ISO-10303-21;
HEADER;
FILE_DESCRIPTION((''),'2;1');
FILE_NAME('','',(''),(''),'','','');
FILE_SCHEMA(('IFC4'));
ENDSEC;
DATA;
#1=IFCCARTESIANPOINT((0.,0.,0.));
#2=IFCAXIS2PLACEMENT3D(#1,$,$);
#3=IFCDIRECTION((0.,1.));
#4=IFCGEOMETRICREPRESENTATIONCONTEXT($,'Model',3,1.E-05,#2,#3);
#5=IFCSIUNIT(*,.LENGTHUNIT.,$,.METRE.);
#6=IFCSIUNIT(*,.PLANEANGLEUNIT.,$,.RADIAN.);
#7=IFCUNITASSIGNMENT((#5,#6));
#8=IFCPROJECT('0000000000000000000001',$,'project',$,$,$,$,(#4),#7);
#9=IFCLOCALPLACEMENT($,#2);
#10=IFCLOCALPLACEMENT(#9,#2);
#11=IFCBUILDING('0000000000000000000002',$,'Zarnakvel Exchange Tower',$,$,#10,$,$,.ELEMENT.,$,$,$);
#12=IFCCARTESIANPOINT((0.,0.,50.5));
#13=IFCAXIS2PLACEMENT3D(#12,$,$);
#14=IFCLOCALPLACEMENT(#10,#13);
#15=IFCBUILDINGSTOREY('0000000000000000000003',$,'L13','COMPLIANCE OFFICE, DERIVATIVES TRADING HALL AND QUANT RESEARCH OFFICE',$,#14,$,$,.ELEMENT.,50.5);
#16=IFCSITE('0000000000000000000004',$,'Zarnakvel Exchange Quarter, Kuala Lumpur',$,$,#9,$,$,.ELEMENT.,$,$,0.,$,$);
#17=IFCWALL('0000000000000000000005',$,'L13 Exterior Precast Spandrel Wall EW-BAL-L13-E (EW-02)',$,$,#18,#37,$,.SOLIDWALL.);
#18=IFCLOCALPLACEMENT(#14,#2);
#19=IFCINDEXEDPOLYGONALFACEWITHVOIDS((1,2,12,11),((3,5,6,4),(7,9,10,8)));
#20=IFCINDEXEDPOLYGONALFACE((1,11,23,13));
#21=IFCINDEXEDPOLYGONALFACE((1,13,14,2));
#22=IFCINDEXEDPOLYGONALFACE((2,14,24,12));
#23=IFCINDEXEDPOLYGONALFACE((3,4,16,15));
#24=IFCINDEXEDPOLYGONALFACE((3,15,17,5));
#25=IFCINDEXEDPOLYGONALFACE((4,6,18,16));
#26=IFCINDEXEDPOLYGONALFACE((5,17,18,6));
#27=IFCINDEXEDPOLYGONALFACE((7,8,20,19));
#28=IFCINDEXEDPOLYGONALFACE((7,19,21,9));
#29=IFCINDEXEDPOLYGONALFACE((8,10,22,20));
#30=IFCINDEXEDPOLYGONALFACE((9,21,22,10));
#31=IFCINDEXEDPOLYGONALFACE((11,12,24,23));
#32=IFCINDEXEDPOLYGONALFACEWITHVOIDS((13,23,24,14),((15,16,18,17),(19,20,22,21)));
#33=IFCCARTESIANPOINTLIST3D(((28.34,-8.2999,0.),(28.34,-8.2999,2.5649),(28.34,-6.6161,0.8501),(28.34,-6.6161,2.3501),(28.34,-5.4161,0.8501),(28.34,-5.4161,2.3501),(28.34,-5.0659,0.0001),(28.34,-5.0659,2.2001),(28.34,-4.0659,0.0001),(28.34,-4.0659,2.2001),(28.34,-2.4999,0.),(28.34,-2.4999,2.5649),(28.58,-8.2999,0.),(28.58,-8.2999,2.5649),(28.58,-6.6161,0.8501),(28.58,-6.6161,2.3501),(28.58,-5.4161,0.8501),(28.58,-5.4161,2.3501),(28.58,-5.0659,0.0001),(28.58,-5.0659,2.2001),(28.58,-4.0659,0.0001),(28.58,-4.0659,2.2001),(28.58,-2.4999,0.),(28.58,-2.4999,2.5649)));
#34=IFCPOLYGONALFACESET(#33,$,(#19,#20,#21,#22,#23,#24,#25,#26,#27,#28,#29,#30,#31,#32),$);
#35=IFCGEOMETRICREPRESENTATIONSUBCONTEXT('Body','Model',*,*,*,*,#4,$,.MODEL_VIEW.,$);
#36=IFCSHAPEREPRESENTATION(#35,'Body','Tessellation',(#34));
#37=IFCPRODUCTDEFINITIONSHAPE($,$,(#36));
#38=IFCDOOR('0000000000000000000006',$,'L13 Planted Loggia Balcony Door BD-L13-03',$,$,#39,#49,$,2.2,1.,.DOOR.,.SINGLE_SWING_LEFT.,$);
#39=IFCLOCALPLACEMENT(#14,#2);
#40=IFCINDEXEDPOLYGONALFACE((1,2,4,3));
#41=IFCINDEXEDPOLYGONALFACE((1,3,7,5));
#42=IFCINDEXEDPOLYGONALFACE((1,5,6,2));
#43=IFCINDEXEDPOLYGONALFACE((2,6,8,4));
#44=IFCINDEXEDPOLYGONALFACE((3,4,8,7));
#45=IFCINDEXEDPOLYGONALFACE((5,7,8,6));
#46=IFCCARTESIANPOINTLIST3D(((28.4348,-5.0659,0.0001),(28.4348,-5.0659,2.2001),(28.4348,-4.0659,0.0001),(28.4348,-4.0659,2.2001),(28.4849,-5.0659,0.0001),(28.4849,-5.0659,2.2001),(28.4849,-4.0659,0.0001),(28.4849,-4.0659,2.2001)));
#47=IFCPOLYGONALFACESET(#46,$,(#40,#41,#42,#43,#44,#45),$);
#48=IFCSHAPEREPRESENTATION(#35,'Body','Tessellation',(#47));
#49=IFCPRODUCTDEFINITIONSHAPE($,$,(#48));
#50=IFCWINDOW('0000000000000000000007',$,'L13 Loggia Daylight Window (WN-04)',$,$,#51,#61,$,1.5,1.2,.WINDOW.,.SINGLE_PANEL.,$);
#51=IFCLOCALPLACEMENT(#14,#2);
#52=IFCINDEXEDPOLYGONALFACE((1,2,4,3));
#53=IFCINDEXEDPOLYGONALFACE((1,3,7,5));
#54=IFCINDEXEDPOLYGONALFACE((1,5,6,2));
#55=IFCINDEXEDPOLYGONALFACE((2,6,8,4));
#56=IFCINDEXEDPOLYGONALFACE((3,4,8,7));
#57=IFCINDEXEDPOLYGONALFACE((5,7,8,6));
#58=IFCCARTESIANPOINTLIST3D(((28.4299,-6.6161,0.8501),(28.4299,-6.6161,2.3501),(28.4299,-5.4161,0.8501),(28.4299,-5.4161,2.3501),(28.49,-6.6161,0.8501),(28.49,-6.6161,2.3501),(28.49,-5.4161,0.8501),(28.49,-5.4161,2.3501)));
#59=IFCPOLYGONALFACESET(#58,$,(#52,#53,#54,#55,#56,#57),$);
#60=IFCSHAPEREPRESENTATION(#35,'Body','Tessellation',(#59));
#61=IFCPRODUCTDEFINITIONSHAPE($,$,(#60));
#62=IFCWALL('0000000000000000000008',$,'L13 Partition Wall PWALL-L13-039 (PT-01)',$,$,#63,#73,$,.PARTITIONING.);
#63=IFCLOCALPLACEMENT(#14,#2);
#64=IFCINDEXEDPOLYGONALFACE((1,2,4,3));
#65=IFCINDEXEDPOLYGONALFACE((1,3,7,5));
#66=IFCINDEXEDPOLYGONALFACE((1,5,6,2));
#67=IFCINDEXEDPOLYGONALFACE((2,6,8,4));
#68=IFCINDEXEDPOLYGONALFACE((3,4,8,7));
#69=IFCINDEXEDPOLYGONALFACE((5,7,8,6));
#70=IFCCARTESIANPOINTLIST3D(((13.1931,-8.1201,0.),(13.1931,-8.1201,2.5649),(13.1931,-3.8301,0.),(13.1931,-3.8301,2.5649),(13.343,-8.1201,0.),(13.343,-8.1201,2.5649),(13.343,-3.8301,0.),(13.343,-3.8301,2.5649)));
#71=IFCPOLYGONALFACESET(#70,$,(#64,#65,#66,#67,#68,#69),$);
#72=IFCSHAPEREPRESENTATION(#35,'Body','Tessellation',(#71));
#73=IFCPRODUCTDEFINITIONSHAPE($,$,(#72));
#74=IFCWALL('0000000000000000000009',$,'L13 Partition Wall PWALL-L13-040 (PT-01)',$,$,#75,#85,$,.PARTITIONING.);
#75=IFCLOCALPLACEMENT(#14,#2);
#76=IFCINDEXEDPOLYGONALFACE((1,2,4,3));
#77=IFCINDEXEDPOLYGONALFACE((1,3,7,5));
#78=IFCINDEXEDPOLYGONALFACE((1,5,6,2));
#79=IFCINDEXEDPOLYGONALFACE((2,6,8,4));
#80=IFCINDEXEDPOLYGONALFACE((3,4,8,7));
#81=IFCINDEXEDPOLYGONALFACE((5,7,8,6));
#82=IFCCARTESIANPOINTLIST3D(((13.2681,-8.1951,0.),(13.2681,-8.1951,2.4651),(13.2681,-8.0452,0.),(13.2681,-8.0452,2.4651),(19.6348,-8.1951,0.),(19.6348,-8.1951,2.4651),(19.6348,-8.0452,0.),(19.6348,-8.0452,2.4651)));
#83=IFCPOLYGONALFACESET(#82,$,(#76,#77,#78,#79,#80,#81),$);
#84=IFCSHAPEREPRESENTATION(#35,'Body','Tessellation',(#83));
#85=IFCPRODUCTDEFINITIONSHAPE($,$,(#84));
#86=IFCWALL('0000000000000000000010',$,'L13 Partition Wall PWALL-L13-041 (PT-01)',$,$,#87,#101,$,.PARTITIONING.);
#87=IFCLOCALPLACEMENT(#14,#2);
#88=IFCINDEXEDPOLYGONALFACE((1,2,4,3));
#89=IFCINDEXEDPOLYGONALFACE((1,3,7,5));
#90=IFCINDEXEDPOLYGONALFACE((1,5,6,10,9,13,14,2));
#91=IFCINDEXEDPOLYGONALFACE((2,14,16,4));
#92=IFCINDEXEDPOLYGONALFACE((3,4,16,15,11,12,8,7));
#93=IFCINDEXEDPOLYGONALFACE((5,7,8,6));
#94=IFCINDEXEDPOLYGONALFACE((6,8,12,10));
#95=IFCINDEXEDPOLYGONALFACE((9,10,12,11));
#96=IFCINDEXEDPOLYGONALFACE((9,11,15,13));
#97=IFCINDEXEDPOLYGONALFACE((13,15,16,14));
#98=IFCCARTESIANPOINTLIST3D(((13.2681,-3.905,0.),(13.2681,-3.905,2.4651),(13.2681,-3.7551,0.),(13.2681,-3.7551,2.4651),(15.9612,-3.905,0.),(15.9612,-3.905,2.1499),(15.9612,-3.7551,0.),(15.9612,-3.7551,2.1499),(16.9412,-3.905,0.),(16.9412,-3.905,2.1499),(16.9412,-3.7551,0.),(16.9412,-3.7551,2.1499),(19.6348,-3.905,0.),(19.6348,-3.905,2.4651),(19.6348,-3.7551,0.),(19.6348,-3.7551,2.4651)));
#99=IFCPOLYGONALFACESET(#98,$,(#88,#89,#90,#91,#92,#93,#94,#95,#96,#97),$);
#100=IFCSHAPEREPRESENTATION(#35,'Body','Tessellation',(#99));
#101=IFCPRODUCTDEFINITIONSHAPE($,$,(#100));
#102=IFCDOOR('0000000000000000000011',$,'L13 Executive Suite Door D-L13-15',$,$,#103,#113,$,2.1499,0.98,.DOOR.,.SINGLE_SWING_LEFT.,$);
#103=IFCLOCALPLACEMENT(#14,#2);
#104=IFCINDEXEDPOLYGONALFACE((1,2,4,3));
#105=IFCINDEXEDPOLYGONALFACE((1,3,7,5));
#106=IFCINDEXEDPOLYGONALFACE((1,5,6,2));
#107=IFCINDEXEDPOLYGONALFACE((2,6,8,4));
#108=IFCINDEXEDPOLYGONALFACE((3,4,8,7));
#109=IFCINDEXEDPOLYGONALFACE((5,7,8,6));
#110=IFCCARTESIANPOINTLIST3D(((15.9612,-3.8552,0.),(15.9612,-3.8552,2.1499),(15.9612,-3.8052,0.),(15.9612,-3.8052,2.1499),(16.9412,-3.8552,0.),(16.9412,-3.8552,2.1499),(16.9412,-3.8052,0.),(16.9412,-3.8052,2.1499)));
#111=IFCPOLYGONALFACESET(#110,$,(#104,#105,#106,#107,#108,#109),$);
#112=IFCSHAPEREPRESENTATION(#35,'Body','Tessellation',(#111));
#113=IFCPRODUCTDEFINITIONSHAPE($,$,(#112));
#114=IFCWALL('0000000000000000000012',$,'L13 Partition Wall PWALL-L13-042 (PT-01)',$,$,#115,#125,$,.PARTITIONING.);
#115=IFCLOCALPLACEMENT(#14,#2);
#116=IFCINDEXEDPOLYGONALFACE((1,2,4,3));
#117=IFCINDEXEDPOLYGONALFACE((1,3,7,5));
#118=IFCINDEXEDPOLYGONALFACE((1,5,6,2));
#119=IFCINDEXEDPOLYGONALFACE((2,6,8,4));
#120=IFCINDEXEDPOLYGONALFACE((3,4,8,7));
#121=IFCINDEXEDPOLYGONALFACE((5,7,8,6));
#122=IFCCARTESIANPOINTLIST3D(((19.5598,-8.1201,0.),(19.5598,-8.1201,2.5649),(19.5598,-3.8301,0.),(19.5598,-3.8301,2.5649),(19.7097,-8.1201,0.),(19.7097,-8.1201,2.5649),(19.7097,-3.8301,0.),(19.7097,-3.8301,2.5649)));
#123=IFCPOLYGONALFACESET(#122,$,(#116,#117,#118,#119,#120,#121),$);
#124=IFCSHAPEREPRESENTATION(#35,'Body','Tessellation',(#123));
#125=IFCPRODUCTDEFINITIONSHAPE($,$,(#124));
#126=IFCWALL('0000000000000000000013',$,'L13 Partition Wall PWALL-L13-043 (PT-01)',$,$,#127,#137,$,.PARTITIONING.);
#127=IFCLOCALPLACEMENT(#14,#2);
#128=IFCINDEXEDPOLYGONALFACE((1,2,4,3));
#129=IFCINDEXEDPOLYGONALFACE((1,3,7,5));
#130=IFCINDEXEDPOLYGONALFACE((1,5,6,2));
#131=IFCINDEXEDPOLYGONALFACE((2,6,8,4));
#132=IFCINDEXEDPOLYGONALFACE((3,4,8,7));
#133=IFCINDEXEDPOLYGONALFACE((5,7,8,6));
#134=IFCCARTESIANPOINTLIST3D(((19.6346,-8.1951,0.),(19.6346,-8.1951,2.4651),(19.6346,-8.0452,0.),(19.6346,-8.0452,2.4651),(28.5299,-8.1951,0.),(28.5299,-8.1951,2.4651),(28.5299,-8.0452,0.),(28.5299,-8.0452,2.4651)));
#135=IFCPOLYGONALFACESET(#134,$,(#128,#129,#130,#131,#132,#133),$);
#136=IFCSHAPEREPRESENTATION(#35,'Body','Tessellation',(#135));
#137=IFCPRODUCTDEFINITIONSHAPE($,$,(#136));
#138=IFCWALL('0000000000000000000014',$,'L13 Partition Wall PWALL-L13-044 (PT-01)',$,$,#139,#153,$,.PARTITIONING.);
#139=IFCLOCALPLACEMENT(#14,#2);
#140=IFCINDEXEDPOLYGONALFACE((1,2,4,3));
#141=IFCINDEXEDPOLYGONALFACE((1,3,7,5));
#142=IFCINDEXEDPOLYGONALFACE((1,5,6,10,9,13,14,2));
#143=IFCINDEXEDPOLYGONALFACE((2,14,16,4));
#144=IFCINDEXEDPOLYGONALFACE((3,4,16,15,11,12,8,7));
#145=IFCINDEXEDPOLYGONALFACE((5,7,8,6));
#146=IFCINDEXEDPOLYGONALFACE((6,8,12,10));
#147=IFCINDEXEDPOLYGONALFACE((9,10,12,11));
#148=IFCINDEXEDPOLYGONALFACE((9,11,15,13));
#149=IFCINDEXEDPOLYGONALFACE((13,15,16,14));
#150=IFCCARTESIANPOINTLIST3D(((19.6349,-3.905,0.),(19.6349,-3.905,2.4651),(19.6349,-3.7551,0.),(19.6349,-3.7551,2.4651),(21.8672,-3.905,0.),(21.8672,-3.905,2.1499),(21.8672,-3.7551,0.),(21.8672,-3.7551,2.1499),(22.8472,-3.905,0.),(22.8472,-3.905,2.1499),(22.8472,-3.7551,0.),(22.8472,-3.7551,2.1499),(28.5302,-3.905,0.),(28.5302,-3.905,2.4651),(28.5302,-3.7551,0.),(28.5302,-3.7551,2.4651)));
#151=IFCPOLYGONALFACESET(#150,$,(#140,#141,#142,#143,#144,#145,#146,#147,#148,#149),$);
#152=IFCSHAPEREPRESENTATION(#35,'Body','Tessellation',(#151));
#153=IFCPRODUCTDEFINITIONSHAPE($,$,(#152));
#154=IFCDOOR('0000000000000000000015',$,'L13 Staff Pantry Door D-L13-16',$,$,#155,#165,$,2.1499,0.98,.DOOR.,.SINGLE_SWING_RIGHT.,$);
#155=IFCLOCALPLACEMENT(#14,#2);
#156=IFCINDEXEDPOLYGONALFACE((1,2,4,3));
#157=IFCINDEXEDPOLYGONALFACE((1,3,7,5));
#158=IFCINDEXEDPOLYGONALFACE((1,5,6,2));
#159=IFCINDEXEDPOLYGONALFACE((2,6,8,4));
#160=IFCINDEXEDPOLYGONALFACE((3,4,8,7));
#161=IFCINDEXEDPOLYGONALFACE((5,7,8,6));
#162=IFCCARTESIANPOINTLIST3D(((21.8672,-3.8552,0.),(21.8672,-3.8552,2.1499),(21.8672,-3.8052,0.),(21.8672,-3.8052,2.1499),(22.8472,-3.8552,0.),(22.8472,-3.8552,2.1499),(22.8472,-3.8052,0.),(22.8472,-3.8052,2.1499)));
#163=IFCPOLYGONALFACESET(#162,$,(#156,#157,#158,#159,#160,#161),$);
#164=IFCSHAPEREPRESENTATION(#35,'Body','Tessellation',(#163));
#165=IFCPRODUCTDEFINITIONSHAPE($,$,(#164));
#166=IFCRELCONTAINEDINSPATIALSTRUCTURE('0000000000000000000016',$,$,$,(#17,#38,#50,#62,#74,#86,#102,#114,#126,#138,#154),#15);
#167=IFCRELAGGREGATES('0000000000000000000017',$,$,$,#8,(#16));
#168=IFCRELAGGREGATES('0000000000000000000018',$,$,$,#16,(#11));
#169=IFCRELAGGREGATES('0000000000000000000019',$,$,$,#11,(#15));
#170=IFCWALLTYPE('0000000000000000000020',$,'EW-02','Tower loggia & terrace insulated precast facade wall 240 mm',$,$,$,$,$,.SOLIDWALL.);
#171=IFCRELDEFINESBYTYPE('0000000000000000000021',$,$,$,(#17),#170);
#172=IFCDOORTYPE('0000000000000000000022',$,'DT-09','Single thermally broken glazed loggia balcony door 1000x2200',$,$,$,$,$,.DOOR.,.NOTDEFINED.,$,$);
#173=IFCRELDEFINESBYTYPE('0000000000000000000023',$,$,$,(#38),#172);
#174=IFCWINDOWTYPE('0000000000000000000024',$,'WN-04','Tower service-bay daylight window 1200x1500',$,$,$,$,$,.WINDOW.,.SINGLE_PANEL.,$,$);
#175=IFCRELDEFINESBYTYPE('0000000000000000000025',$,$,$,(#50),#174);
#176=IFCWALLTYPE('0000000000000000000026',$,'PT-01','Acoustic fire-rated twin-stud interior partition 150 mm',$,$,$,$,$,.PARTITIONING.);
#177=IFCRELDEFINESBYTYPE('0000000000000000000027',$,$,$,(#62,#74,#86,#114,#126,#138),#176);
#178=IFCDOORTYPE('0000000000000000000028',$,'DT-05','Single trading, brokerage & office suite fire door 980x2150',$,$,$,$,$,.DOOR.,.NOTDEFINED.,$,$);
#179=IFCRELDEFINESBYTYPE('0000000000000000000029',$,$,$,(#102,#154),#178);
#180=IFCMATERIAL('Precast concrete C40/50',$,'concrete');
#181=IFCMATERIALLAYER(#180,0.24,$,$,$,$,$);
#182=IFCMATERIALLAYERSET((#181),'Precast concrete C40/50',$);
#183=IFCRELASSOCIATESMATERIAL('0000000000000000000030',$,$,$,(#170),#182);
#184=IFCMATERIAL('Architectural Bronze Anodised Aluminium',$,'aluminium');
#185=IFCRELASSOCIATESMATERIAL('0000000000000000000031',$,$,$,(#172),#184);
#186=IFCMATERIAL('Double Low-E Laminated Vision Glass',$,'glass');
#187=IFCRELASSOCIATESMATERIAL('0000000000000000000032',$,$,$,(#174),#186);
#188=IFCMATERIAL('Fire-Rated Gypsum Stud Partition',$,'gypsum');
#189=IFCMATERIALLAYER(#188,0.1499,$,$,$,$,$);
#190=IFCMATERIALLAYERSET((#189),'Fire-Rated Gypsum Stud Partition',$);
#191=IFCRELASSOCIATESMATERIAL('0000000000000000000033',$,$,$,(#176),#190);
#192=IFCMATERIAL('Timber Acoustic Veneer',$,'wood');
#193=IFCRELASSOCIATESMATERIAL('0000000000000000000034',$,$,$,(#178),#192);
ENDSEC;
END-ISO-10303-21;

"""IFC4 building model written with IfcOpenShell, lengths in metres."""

from ifc_helpers import new_model, si_unit, direction, frame, frame_2d, origin, place, context, subcontext, project, spatial, rectangle, extrude, source, transform, mapped, material, layer, layer_set, type_object, element, fill, save


model = new_model("IFC4")

# Units and contexts
model_context = context("Model", 3, precision=1e-05, world=origin(), true_north=direction((0.0, 1.0)))
body_context = subcontext(model_context, "Body", "Model", "MODEL_VIEW")
ifc_project = project(units=[si_unit("LENGTHUNIT", "METRE"), si_unit("PLANEANGLEUNIT", "RADIAN")], contexts=[model_context])

# Site, building, storey
site_placement = place(None, origin())
site = spatial("IfcSite", under=ifc_project, at=site_placement, Name="Zarnakvel Exchange Quarter, Kuala Lumpur", CompositionType="ELEMENT", RefElevation=0.0)
building_placement = place(site_placement, origin())
building = spatial("IfcBuilding", under=site, at=building_placement, Name="Zarnakvel Exchange Tower", CompositionType="ELEMENT")
storey_placement = place(building_placement, frame((0.0, 0.0, 50.5)))
storey = spatial("IfcBuildingStorey", under=building, at=storey_placement, Name="L13", Description="COMPLIANCE OFFICE, DERIVATIVES TRADING HALL AND QUANT RESEARCH OFFICE", CompositionType="ELEMENT", Elevation=50.5)

# Shared definitions
ifc_material_1 = material(Name="Architectural Bronze Anodised Aluminium", Category="aluminium")

# Wall, openings, door, window
ifc_material_2 = material(Name="Precast concrete C40/50", Category="concrete")
ifc_layer_1 = layer(ifc_material_2, 0.24)
ifc_layer_set_1 = layer_set([ifc_layer_1], Name="Precast concrete C40/50")
wall_type_1 = type_object("IfcWallType", Name="EW-02", Description="Tower loggia & terrace insulated precast facade wall 240 mm", PredefinedType="SOLIDWALL", material=ifc_layer_set_1)
wall_1_placement = place(storey_placement, frame((28.46, -2.5, 0.0), z_axis=(0.0, 0.0, 1.0), x_axis=(0.0, -1.0, 0.0)))
wall_1 = element("IfcWall", 1, at=wall_1_placement, inside=storey, type_object=wall_type_1, Name="L13 Exterior Precast Spandrel Wall EW-BAL-L13-E (EW-02)", PredefinedType="SOLIDWALL", context=body_context, shape_type="SweptSolid", body=[
    extrude(rectangle(XDim=5.8, YDim=0.24, at=frame_2d((2.8999, 0.0))), origin(), (0.0, 0.0, 1.0), 2.5649),
])
opening_1_placement = place(wall_1_placement, frame((1.5659, 0.0, 0.0)))
opening_1 = element("IfcOpeningElement", 2, at=opening_1_placement, cuts=wall_1, PredefinedType="OPENING", context=body_context, shape_type="SweptSolid", body=[
    extrude(rectangle(XDim=1.0, YDim=2.2, at=frame_2d((0.5, 1.1001))), frame((0.0, 0.1299, 0.0), z_axis=(0.0, -1.0, 0.0), x_axis=(1.0, 0.0, 0.0)), (0.0, 0.0, 1.0), 0.26),
])
opening_2_placement = place(wall_1_placement, frame((2.916, 0.0, 0.8501)))
opening_2 = element("IfcOpeningElement", 3, at=opening_2_placement, cuts=wall_1, PredefinedType="OPENING", context=body_context, shape_type="SweptSolid", body=[
    extrude(rectangle(XDim=1.2, YDim=1.5, at=frame_2d((0.6001, 0.75))), frame((0.0, 0.1299, 0.0), z_axis=(0.0, -1.0, 0.0), x_axis=(1.0, 0.0, 0.0)), (0.0, 0.0, 1.0), 0.26),
])
door_type_1 = type_object("IfcDoorType", Name="DT-09", Description="Single thermally broken glazed loggia balcony door 1000x2200", OperationType="NOTDEFINED", PredefinedType="DOOR", material=ifc_material_1)
shared_shape_1 = source(origin(), body_context, "Body", "SweptSolid", [
    extrude(rectangle(XDim=1.0, YDim=2.2, at=frame_2d((0.5, 1.1001))), frame((0.0, 0.0249, 0.0), z_axis=(0.0, -1.0, 0.0), x_axis=(1.0, 0.0, 0.0)), (0.0, 0.0, 1.0), 0.05),
])
door_1_placement = place(opening_1_placement, origin())
door_1 = element("IfcDoor", 4, at=door_1_placement, inside=storey, type_object=door_type_1, Name="L13 Planted Loggia Balcony Door BD-L13-03", OperationType="SINGLE_SWING_LEFT", OverallHeight=2.2, OverallWidth=1.0, PredefinedType="DOOR", context=body_context, shape_type="MappedRepresentation", body=[
    mapped(shared_shape_1, transform((0.0, 0.0, 0.0), x_axis=(1.0, 0.0, 0.0), y_axis=(0.0, 1.0, 0.0), z_axis=(0.0, 0.0, 1.0), scale=1.0)),
])
fill(opening_1, door_1)
ifc_material_3 = material(Name="Double Low-E Laminated Vision Glass", Category="glass")
window_type = type_object("IfcWindowType", Name="WN-04", Description="Tower service-bay daylight window 1200x1500", PartitioningType="SINGLE_PANEL", PredefinedType="WINDOW", material=ifc_material_3)
shared_shape_2 = source(origin(), body_context, "Body", "SweptSolid", [
    extrude(rectangle(XDim=1.2, YDim=1.5, at=frame_2d((0.6001, 0.75))), frame((0.0, 0.03, 0.0), z_axis=(0.0, -1.0, 0.0), x_axis=(1.0, 0.0, 0.0)), (0.0, 0.0, 1.0), 0.0601),
])
window_placement = place(opening_2_placement, origin())
window = element("IfcWindow", 5, at=window_placement, inside=storey, type_object=window_type, Name="L13 Loggia Daylight Window (WN-04)", OverallHeight=1.5, OverallWidth=1.2, PartitioningType="SINGLE_PANEL", PredefinedType="WINDOW", context=body_context, shape_type="MappedRepresentation", body=[
    mapped(shared_shape_2, transform((0.0, 0.0, 0.0), x_axis=(1.0, 0.0, 0.0), y_axis=(0.0, 1.0, 0.0), z_axis=(0.0, 0.0, 1.0), scale=1.0)),
])
fill(opening_2, window)

# Walls
ifc_material_4 = material(Name="Fire-Rated Gypsum Stud Partition", Category="gypsum")
ifc_layer_2 = layer(ifc_material_4, 0.1499)
ifc_layer_set_2 = layer_set([ifc_layer_2], Name="Fire-Rated Gypsum Stud Partition")
wall_type_2 = type_object("IfcWallType", Name="PT-01", Description="Acoustic fire-rated twin-stud interior partition 150 mm", PredefinedType="PARTITIONING", material=ifc_layer_set_2)
wall_2_placement = place(storey_placement, frame((13.2681, -3.8301, 0.0), z_axis=(0.0, 0.0, 1.0), x_axis=(0.0, -1.0, 0.0)))
element("IfcWall", 6, at=wall_2_placement, inside=storey, type_object=wall_type_2, Name="L13 Partition Wall PWALL-L13-039 (PT-01)", PredefinedType="PARTITIONING", context=body_context, shape_type="SweptSolid", body=[
    extrude(rectangle(XDim=4.29, YDim=0.1499, at=frame_2d((2.145, 0.0))), origin(), (0.0, 0.0, 1.0), 2.5649),
])
wall_3_placement = place(storey_placement, frame((19.6348, -8.1201, 0.0), z_axis=(0.0, 0.0, 1.0), x_axis=(-1.0, 0.0, 0.0)))
element("IfcWall", 7, at=wall_3_placement, inside=storey, type_object=wall_type_2, Name="L13 Partition Wall PWALL-L13-040 (PT-01)", PredefinedType="PARTITIONING", context=body_context, shape_type="SweptSolid", body=[
    extrude(rectangle(XDim=6.3667, YDim=0.1499, at=frame_2d((3.1833, 0.0))), origin(), (0.0, 0.0, 1.0), 2.4651),
])

# Wall, opening, door
wall_4_placement = place(storey_placement, frame((13.2681, -3.8301, 0.0), z_axis=(0.0, 0.0, 1.0), x_axis=(1.0, 0.0, 0.0)))
wall_4 = element("IfcWall", 8, at=wall_4_placement, inside=storey, type_object=wall_type_2, Name="L13 Partition Wall PWALL-L13-041 (PT-01)", PredefinedType="PARTITIONING", context=body_context, shape_type="SweptSolid", body=[
    extrude(rectangle(XDim=6.3667, YDim=0.1499, at=frame_2d((3.1833, 0.0))), origin(), (0.0, 0.0, 1.0), 2.4651),
])
opening_3_placement = place(wall_4_placement, frame((2.6931, 0.0, 0.0)))
opening_3 = element("IfcOpeningElement", 9, at=opening_3_placement, cuts=wall_4, PredefinedType="OPENING", context=body_context, shape_type="SweptSolid", body=[
    extrude(rectangle(XDim=0.98, YDim=2.1499, at=frame_2d((0.49, 1.075))), frame((0.0, 0.085, 0.0), z_axis=(0.0, -1.0, 0.0), x_axis=(1.0, 0.0, 0.0)), (0.0, 0.0, 1.0), 0.1699),
])
ifc_material_5 = material(Name="Timber Acoustic Veneer", Category="wood")
door_type_2 = type_object("IfcDoorType", Name="DT-05", Description="Single trading, brokerage & office suite fire door 980x2150", OperationType="NOTDEFINED", PredefinedType="DOOR", material=ifc_material_5)
shared_shape_3 = source(origin(), body_context, "Body", "SweptSolid", [
    extrude(rectangle(XDim=0.98, YDim=2.1499, at=frame_2d((0.49, 1.075))), frame((0.0, 0.0249, 0.0), z_axis=(0.0, -1.0, 0.0), x_axis=(1.0, 0.0, 0.0)), (0.0, 0.0, 1.0), 0.05),
])
door_2_placement = place(opening_3_placement, origin())
door_2 = element("IfcDoor", 10, at=door_2_placement, inside=storey, type_object=door_type_2, Name="L13 Executive Suite Door D-L13-15", OperationType="SINGLE_SWING_LEFT", OverallHeight=2.1499, OverallWidth=0.98, PredefinedType="DOOR", context=body_context, shape_type="MappedRepresentation", body=[
    mapped(shared_shape_3, transform((0.0, 0.0, 0.0), x_axis=(1.0, 0.0, 0.0), y_axis=(0.0, 1.0, 0.0), z_axis=(0.0, 0.0, 1.0), scale=1.0)),
])
fill(opening_3, door_2)

# Walls
wall_5_placement = place(storey_placement, frame((19.6348, -3.8301, 0.0), z_axis=(0.0, 0.0, 1.0), x_axis=(0.0, -1.0, 0.0)))
element("IfcWall", 11, at=wall_5_placement, inside=storey, type_object=wall_type_2, Name="L13 Partition Wall PWALL-L13-042 (PT-01)", PredefinedType="PARTITIONING", context=body_context, shape_type="SweptSolid", body=[
    extrude(rectangle(XDim=4.29, YDim=0.1499, at=frame_2d((2.145, 0.0))), origin(), (0.0, 0.0, 1.0), 2.5649),
])
wall_6_placement = place(storey_placement, frame((28.53, -8.1201, 0.0), z_axis=(0.0, 0.0, 1.0), x_axis=(-1.0, 0.0, 0.0)))
element("IfcWall", 12, at=wall_6_placement, inside=storey, type_object=wall_type_2, Name="L13 Partition Wall PWALL-L13-043 (PT-01)", PredefinedType="PARTITIONING", context=body_context, shape_type="SweptSolid", body=[
    extrude(rectangle(XDim=8.8953, YDim=0.1499, at=frame_2d((4.4478, 0.0))), origin(), (0.0, 0.0, 1.0), 2.4651),
])

# Wall, opening, door
wall_7_placement = place(storey_placement, frame((19.6348, -3.8301, 0.0), z_axis=(0.0, 0.0, 1.0), x_axis=(1.0, 0.0, 0.0)))
wall_7 = element("IfcWall", 13, at=wall_7_placement, inside=storey, type_object=wall_type_2, Name="L13 Partition Wall PWALL-L13-044 (PT-01)", PredefinedType="PARTITIONING", context=body_context, shape_type="SweptSolid", body=[
    extrude(rectangle(XDim=8.8953, YDim=0.1499, at=frame_2d((4.4478, 0.0))), origin(), (0.0, 0.0, 1.0), 2.4651),
])
opening_4_placement = place(wall_7_placement, frame((2.2324, 0.0, 0.0)))
opening_4 = element("IfcOpeningElement", 14, at=opening_4_placement, cuts=wall_7, PredefinedType="OPENING", context=body_context, shape_type="SweptSolid", body=[
    extrude(rectangle(XDim=0.98, YDim=2.1499, at=frame_2d((0.49, 1.075))), frame((0.0, 0.085, 0.0), z_axis=(0.0, -1.0, 0.0), x_axis=(1.0, 0.0, 0.0)), (0.0, 0.0, 1.0), 0.1699),
])
door_3_placement = place(opening_4_placement, origin())
door_3 = element("IfcDoor", 15, at=door_3_placement, inside=storey, type_object=door_type_2, Name="L13 Staff Pantry Door D-L13-16", OperationType="SINGLE_SWING_RIGHT", OverallHeight=2.1499, OverallWidth=0.98, PredefinedType="DOOR", context=body_context, shape_type="MappedRepresentation", body=[
    mapped(shared_shape_3, transform((0.0, 0.0, 0.0), x_axis=(1.0, 0.0, 0.0), y_axis=(0.0, 1.0, 0.0), z_axis=(0.0, 0.0, 1.0), scale=1.0)),
])
fill(opening_4, door_3)

save(model, "model.ifc")
